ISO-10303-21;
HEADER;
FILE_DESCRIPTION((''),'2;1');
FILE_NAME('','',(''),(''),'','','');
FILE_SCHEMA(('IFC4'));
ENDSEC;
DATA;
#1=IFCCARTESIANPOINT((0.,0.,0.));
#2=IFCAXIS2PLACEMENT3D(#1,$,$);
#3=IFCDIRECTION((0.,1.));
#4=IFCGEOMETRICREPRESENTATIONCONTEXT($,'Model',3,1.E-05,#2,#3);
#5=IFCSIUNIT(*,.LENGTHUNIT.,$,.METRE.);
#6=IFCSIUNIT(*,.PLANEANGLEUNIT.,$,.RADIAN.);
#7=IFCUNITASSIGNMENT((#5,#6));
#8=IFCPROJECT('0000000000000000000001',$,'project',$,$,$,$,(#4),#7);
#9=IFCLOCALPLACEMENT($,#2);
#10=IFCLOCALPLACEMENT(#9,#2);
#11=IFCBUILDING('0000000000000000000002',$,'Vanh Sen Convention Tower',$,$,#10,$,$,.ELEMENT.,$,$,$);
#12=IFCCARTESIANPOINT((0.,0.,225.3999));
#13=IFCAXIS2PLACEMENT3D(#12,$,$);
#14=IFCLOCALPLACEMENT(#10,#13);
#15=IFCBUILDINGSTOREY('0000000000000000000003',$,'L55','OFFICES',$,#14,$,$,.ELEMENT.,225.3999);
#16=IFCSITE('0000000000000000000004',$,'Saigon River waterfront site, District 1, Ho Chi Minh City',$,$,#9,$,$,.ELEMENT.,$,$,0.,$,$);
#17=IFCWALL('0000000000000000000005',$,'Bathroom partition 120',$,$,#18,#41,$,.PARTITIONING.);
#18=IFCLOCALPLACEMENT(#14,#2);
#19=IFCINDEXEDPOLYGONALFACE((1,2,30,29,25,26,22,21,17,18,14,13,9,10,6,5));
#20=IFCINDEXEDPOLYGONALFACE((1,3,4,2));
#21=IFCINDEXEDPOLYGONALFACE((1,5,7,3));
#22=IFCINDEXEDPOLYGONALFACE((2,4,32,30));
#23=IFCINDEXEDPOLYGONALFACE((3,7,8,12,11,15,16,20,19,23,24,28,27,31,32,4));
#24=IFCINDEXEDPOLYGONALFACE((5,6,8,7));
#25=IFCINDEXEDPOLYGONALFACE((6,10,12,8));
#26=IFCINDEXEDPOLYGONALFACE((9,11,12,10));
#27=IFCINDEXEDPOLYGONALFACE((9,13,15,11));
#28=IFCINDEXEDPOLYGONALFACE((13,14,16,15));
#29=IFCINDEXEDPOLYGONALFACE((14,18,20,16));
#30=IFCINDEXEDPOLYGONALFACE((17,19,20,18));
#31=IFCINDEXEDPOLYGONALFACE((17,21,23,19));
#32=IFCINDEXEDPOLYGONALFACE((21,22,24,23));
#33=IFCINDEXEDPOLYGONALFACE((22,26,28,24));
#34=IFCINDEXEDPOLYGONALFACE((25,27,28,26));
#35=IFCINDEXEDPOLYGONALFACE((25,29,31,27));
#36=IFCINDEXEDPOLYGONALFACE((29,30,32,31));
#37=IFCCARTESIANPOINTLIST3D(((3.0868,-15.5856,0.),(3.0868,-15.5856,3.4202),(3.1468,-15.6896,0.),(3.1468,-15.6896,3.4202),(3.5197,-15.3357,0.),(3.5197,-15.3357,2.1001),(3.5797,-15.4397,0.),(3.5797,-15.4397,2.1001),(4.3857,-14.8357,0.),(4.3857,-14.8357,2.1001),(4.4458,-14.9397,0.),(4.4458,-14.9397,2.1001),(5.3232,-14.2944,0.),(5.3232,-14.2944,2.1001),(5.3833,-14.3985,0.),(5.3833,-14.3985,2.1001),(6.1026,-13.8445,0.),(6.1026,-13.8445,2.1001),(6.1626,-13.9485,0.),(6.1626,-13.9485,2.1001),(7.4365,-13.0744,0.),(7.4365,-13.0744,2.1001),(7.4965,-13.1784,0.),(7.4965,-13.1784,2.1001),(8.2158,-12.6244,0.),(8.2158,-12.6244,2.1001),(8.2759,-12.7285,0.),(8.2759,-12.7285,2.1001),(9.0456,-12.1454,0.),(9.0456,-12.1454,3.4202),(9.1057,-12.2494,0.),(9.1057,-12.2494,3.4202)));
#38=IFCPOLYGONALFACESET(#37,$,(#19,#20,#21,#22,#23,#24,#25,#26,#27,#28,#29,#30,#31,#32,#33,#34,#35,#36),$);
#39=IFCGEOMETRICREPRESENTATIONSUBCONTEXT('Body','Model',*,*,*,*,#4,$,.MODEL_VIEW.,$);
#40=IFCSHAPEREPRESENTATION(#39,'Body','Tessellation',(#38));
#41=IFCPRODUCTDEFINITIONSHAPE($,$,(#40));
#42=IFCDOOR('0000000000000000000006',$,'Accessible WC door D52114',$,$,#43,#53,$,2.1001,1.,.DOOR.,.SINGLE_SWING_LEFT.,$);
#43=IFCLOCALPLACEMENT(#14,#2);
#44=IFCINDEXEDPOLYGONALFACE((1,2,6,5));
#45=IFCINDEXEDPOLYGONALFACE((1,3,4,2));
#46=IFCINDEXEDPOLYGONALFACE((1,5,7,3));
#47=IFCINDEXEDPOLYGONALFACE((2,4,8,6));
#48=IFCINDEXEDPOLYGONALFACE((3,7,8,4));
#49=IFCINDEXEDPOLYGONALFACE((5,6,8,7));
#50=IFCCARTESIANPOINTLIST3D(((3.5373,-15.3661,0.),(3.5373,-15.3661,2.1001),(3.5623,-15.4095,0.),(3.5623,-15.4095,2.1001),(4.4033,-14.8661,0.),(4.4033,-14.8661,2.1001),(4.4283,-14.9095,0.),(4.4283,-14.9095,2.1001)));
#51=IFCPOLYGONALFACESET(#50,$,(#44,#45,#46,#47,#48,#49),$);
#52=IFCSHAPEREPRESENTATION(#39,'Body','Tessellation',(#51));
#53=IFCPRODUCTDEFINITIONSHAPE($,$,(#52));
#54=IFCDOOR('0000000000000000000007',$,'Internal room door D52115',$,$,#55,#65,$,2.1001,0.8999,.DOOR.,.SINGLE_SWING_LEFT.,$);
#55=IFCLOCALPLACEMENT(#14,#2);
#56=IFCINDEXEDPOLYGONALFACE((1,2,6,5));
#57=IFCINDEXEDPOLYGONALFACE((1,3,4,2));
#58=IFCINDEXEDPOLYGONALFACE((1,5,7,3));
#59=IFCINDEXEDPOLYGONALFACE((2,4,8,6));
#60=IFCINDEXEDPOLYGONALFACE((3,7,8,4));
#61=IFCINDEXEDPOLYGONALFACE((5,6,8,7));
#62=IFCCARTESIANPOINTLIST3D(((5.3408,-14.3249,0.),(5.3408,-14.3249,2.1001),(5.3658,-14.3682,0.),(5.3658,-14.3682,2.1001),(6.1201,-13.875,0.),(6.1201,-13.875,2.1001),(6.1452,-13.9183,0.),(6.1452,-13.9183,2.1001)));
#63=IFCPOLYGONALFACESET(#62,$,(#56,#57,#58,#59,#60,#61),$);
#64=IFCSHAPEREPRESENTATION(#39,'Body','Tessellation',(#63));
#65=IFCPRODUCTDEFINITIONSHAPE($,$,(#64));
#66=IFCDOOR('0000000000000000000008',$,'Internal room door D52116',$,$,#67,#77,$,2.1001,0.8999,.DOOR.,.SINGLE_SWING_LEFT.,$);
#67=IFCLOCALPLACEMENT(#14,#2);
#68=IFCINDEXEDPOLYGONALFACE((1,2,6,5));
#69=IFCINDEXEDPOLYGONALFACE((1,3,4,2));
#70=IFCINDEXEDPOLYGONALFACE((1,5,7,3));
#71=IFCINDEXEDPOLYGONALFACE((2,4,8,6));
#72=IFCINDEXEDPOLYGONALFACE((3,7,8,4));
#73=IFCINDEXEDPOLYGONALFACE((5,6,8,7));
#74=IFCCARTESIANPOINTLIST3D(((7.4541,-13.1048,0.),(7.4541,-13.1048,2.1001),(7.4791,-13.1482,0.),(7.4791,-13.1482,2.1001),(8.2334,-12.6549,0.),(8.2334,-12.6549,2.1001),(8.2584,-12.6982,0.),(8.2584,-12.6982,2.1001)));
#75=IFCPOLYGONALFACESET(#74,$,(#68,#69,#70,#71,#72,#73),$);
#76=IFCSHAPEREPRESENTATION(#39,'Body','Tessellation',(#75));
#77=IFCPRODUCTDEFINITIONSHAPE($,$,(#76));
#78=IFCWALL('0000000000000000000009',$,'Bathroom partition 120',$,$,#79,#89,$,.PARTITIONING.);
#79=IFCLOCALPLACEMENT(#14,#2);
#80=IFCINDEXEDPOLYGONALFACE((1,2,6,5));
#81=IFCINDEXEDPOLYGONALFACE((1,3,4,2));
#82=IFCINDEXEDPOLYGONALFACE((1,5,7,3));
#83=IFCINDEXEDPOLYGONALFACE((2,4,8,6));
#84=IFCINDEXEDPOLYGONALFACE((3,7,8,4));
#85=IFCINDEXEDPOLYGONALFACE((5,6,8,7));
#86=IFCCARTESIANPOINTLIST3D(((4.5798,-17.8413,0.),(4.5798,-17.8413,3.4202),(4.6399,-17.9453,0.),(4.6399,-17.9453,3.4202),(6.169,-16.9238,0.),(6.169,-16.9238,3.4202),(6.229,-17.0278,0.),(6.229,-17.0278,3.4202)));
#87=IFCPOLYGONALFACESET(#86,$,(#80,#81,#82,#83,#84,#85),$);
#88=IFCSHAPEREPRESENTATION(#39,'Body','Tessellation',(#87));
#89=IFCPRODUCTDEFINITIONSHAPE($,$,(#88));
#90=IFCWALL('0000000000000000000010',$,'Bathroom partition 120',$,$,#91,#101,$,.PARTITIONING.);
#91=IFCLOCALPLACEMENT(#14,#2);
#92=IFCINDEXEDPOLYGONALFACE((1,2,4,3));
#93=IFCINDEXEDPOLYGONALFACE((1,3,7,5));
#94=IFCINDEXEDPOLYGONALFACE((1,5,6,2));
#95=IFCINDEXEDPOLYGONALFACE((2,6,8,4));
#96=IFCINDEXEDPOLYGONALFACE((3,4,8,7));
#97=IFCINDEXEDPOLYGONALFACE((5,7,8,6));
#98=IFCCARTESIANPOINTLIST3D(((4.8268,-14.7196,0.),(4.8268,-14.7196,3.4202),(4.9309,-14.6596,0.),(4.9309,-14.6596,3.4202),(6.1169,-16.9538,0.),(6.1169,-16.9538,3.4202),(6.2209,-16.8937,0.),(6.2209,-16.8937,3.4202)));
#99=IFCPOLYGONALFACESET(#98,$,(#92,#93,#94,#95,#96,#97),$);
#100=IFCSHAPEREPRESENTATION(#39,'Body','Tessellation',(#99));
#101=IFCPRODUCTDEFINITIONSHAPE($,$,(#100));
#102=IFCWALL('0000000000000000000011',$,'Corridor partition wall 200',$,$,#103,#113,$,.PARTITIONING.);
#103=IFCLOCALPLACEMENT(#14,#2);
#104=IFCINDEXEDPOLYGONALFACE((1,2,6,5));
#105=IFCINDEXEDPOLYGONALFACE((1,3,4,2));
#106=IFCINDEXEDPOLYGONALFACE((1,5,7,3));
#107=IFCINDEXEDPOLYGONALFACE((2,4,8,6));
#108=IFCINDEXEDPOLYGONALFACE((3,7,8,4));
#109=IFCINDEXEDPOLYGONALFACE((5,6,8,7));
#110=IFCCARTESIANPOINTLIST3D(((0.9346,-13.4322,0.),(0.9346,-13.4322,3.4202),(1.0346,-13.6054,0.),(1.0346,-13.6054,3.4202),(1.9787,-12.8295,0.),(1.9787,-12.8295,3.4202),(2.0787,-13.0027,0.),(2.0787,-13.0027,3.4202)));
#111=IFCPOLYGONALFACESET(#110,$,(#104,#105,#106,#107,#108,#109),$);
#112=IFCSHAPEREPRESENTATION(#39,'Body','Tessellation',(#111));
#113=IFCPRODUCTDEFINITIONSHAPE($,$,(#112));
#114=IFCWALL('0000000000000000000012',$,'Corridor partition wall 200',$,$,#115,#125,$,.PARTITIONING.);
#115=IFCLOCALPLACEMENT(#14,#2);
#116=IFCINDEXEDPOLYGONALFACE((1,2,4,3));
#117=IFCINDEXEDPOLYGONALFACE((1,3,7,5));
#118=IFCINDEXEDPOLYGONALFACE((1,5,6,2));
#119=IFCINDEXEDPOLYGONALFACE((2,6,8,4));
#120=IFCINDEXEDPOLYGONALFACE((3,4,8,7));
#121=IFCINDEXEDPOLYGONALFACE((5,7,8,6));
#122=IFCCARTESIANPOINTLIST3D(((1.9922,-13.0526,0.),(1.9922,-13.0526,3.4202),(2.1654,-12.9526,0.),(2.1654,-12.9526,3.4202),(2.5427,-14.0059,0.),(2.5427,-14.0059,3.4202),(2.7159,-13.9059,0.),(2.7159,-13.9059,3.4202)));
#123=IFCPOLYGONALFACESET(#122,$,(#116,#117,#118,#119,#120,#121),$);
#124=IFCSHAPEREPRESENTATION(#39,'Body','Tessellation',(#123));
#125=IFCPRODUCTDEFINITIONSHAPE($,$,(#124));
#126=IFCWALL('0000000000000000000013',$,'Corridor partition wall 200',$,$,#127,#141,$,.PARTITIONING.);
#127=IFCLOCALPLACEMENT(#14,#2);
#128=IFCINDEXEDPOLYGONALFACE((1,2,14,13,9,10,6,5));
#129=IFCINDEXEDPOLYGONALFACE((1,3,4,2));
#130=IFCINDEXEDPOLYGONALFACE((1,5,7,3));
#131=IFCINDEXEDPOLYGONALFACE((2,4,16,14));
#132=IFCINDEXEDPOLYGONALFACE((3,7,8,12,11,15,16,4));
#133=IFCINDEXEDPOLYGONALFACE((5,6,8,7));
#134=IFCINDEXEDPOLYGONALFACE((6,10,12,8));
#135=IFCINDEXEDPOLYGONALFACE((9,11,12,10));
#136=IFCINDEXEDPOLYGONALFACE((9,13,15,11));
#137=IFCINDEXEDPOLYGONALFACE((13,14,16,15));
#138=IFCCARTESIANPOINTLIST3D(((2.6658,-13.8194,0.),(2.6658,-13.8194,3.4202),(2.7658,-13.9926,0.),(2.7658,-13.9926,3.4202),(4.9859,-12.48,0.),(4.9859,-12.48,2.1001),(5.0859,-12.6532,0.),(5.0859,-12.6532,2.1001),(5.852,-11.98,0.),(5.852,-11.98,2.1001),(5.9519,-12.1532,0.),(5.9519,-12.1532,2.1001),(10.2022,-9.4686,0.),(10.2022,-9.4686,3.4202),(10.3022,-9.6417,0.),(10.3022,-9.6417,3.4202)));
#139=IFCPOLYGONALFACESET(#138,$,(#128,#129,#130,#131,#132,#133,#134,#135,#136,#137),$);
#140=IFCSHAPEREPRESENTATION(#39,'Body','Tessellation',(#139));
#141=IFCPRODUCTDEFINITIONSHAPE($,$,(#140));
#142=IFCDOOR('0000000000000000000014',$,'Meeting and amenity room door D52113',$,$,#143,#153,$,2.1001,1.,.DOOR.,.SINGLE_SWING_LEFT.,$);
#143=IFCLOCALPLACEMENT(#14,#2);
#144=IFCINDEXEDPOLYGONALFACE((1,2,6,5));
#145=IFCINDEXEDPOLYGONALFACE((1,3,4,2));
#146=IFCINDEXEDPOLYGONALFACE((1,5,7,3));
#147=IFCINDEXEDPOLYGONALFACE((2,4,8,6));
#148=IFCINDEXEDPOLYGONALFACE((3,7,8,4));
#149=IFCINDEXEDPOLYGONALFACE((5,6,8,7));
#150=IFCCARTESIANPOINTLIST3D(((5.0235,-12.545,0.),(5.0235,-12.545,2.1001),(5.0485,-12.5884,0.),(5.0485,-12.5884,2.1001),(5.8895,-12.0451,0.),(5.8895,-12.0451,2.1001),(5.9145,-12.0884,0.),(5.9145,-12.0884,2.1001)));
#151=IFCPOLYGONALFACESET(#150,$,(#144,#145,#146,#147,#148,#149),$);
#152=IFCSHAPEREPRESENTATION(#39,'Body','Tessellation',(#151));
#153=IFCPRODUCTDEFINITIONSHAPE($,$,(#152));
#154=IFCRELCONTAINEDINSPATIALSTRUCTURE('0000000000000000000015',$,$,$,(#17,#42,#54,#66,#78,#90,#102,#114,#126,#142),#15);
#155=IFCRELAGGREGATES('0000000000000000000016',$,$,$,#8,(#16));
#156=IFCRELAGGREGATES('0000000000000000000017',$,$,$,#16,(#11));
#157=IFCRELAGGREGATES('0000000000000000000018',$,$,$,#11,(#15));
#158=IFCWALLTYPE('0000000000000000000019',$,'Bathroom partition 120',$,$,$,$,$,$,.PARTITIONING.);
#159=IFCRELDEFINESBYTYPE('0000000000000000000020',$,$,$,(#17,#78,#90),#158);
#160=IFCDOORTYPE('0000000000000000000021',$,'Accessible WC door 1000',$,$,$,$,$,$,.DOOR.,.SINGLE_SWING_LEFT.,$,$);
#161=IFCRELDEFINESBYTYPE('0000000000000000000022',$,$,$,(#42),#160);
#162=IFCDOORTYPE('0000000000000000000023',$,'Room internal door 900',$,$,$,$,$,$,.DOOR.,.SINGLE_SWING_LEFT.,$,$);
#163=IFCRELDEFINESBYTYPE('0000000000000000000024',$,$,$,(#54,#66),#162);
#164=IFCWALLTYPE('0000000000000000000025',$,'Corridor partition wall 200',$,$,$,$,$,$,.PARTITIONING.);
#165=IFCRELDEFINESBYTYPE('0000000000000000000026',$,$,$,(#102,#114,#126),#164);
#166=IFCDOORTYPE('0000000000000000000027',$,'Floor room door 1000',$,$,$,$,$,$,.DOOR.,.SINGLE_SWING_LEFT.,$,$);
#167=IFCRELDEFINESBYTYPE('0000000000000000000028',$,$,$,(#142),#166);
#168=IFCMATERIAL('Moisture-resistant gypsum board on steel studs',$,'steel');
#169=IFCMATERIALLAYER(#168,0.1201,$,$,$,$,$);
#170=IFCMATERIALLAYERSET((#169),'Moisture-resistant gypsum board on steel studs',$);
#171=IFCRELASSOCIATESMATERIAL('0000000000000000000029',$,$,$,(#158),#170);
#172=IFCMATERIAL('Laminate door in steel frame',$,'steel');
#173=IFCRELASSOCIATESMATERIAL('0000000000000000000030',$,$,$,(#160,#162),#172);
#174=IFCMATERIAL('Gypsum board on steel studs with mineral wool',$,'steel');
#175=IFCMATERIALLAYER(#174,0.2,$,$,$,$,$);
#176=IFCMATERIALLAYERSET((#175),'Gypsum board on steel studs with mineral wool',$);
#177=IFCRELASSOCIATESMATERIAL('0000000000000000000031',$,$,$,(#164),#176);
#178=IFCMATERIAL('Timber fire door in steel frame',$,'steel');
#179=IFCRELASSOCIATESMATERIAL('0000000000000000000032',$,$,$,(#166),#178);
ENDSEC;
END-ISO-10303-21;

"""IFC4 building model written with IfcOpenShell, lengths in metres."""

from ifc_helpers import new_model, si_unit, direction, frame, frame_2d, origin, place, context, subcontext, project, spatial, rectangle, extrude, material, layer, layer_set, type_object, element, fill, save


model = new_model("IFC4")

# Units and contexts
model_context = context("Model", 3, precision=1e-05, world=origin(), true_north=direction((0.0, 1.0)))
body_context = subcontext(model_context, "Body", "Model", "MODEL_VIEW")
ifc_project = project(units=[si_unit("LENGTHUNIT", "METRE"), si_unit("PLANEANGLEUNIT", "RADIAN")], contexts=[model_context])

# Site, building, storey
site_placement = place(None, origin())
site = spatial("IfcSite", under=ifc_project, at=site_placement, Name="Saigon River waterfront site, District 1, Ho Chi Minh City", CompositionType="ELEMENT", RefElevation=0.0)
building_placement = place(site_placement, origin())
building = spatial("IfcBuilding", under=site, at=building_placement, Name="Vanh Sen Convention Tower", CompositionType="ELEMENT")
storey_placement = place(building_placement, frame((0.0, 0.0, 225.3999)))
storey = spatial("IfcBuildingStorey", under=building, at=storey_placement, Name="L55", Description="OFFICES", CompositionType="ELEMENT", Elevation=225.3999)

# Wall, openings, doors
ifc_material_1 = material(Name="Moisture-resistant gypsum board on steel studs", Category="steel")
ifc_layer_1 = layer(ifc_material_1, 0.1201)
ifc_layer_set_1 = layer_set([ifc_layer_1], Name="Moisture-resistant gypsum board on steel studs")
wall_type_1 = type_object("IfcWallType", Name="Bathroom partition 120", PredefinedType="PARTITIONING", material=ifc_layer_set_1)
wall_1_placement = place(storey_placement, frame((3.1167, -15.6377, 0.0), z_axis=(0.0, 0.0, 1.0), x_axis=(0.866031, 0.49999, 0.0)))
wall_1 = element("IfcWall", 1, at=wall_1_placement, inside=storey, type_object=wall_type_1, Name="Bathroom partition 120", PredefinedType="PARTITIONING", context=body_context, shape_type="SweptSolid", body=[
    extrude(rectangle(XDim=6.8806, YDim=0.1201, at=frame_2d((3.4404, 0.0))), origin(), (0.0, 0.0, 1.0), 3.4202),
])
opening_1_placement = place(wall_1_placement, frame((0.5, 0.0, 0.0)))
opening_1 = element("IfcOpeningElement", 2, at=opening_1_placement, cuts=wall_1, PredefinedType="OPENING", context=body_context, shape_type="SweptSolid", body=[
    extrude(rectangle(XDim=1.0, YDim=2.1001, at=frame_2d((0.5, 1.05))), frame((0.0, 0.0701, 0.0), z_axis=(0.0, -1.0, 0.0), x_axis=(1.0, 0.0, 0.0)), (0.0, 0.0, 1.0), 0.1401),
])
opening_2_placement = place(wall_1_placement, frame((2.5825, 0.0, 0.0)))
opening_2 = element("IfcOpeningElement", 3, at=opening_2_placement, cuts=wall_1, PredefinedType="OPENING", context=body_context, shape_type="SweptSolid", body=[
    extrude(rectangle(XDim=0.8999, YDim=2.1001, at=frame_2d((0.45, 1.05))), frame((0.0, 0.0701, 0.0), z_axis=(0.0, -1.0, 0.0), x_axis=(1.0, 0.0, 0.0)), (0.0, 0.0, 1.0), 0.1401),
])
opening_3_placement = place(wall_1_placement, frame((5.0227, 0.0, 0.0)))
opening_3 = element("IfcOpeningElement", 4, at=opening_3_placement, cuts=wall_1, PredefinedType="OPENING", context=body_context, shape_type="SweptSolid", body=[
    extrude(rectangle(XDim=0.8999, YDim=2.1001, at=frame_2d((0.45, 1.05))), frame((0.0, 0.0701, 0.0), z_axis=(0.0, -1.0, 0.0), x_axis=(1.0, 0.0, 0.0)), (0.0, 0.0, 1.0), 0.1401),
])
ifc_material_2 = material(Name="Laminate door in steel frame", Category="steel")
door_type_1 = type_object("IfcDoorType", Name="Accessible WC door 1000", OperationType="SINGLE_SWING_LEFT", PredefinedType="DOOR", material=ifc_material_2)
door_1_placement = place(opening_1_placement, origin())
door_1 = element("IfcDoor", 5, at=door_1_placement, inside=storey, type_object=door_type_1, Name="Accessible WC door D52114", OperationType="SINGLE_SWING_LEFT", OverallHeight=2.1001, OverallWidth=1.0, PredefinedType="DOOR", context=body_context, shape_type="SweptSolid", body=[
    extrude(rectangle(XDim=1.0, YDim=2.1001, at=frame_2d((0.5, 1.05))), frame((0.0, 0.0249, 0.0), z_axis=(0.0, -1.0, 0.0), x_axis=(1.0, 0.0, 0.0)), (0.0, 0.0, 1.0), 0.05),
])
fill(opening_1, door_1)
door_type_2 = type_object("IfcDoorType", Name="Room internal door 900", OperationType="SINGLE_SWING_LEFT", PredefinedType="DOOR", material=ifc_material_2)
door_2_placement = place(opening_2_placement, origin())
door_2 = element("IfcDoor", 6, at=door_2_placement, inside=storey, type_object=door_type_2, Name="Internal room door D52115", OperationType="SINGLE_SWING_LEFT", OverallHeight=2.1001, OverallWidth=0.8999, PredefinedType="DOOR", context=body_context, shape_type="SweptSolid", body=[
    extrude(rectangle(XDim=0.8999, YDim=2.1001, at=frame_2d((0.45, 1.05))), frame((0.0, 0.0249, 0.0), z_axis=(0.0, -1.0, 0.0), x_axis=(1.0, 0.0, 0.0)), (0.0, 0.0, 1.0), 0.05),
])
fill(opening_2, door_2)
door_3_placement = place(opening_3_placement, origin())
door_3 = element("IfcDoor", 7, at=door_3_placement, inside=storey, type_object=door_type_2, Name="Internal room door D52116", OperationType="SINGLE_SWING_LEFT", OverallHeight=2.1001, OverallWidth=0.8999, PredefinedType="DOOR", context=body_context, shape_type="SweptSolid", body=[
    extrude(rectangle(XDim=0.8999, YDim=2.1001, at=frame_2d((0.45, 1.05))), frame((0.0, 0.0249, 0.0), z_axis=(0.0, -1.0, 0.0), x_axis=(1.0, 0.0, 0.0)), (0.0, 0.0, 1.0), 0.05),
])
fill(opening_3, door_3)

# Walls
wall_2_placement = place(storey_placement, frame((4.6099, -17.8933, 0.0), z_axis=(0.0, 0.0, 1.0), x_axis=(0.866024, 0.500003, 0.0)))
element("IfcWall", 8, at=wall_2_placement, inside=storey, type_object=wall_type_1, Name="Bathroom partition 120", PredefinedType="PARTITIONING", context=body_context, shape_type="SweptSolid", body=[
    extrude(rectangle(XDim=1.835, YDim=0.1201, at=frame_2d((0.9175, 0.0))), origin(), (0.0, 0.0, 1.0), 3.4202),
])
wall_3_placement = place(storey_placement, frame((6.1689, -16.9238, 0.0), z_axis=(0.0, 0.0, 1.0), x_axis=(-0.500047, 0.865998, 0.0)))
element("IfcWall", 9, at=wall_3_placement, inside=storey, type_object=wall_type_1, Name="Bathroom partition 120", PredefinedType="PARTITIONING", context=body_context, shape_type="SweptSolid", body=[
    extrude(rectangle(XDim=2.5798, YDim=0.1201, at=frame_2d((1.29, 0.0))), origin(), (0.0, 0.0, 1.0), 3.4202),
])
ifc_material_3 = material(Name="Gypsum board on steel studs with mineral wool", Category="steel")
ifc_layer_2 = layer(ifc_material_3, 0.2)
ifc_layer_set_2 = layer_set([ifc_layer_2], Name="Gypsum board on steel studs with mineral wool")
wall_type_2 = type_object("IfcWallType", Name="Corridor partition wall 200", PredefinedType="PARTITIONING", material=ifc_layer_set_2)
wall_4_placement = place(storey_placement, frame((0.9846, -13.5188, 0.0), z_axis=(0.0, 0.0, 1.0), x_axis=(0.866054, 0.49995, 0.0)))
element("IfcWall", 10, at=wall_4_placement, inside=storey, type_object=wall_type_2, Name="Corridor partition wall 200", PredefinedType="PARTITIONING", context=body_context, shape_type="SweptSolid", body=[
    extrude(rectangle(XDim=1.2056, YDim=0.2, at=frame_2d((0.6028, 0.0))), origin(), (0.0, 0.0, 1.0), 3.4202),
])
wall_5_placement = place(storey_placement, frame((2.0789, -13.0027, 0.0), z_axis=(0.0, 0.0, 1.0), x_axis=(0.500074, -0.865982, 0.0)))
element("IfcWall", 11, at=wall_5_placement, inside=storey, type_object=wall_type_2, Name="Corridor partition wall 200", PredefinedType="PARTITIONING", context=body_context, shape_type="SweptSolid", body=[
    extrude(rectangle(XDim=1.1008, YDim=0.2, at=frame_2d((0.5503, 0.0))), origin(), (0.0, 0.0, 1.0), 3.4202),
])

# Wall, opening, door
wall_6_placement = place(storey_placement, frame((2.7158, -13.906, 0.0), z_axis=(0.0, 0.0, 1.0), x_axis=(0.86604, 0.499974, 0.0)))
wall_6 = element("IfcWall", 12, at=wall_6_placement, inside=storey, type_object=wall_type_2, Name="Corridor partition wall 200", PredefinedType="PARTITIONING", context=body_context, shape_type="SweptSolid", body=[
    extrude(rectangle(XDim=8.7021, YDim=0.2, at=frame_2d((4.3511, 0.0))), origin(), (0.0, 0.0, 1.0), 3.4202),
])
opening_4_placement = place(wall_6_placement, frame((2.679, 0.0, 0.0)))
opening_4 = element("IfcOpeningElement", 13, at=opening_4_placement, cuts=wall_6, PredefinedType="OPENING", context=body_context, shape_type="SweptSolid", body=[
    extrude(rectangle(XDim=1.0, YDim=2.1001, at=frame_2d((0.5, 1.05))), frame((0.0, 0.1099, 0.0), z_axis=(0.0, -1.0, 0.0), x_axis=(1.0, 0.0, 0.0)), (0.0, 0.0, 1.0), 0.22),
])
ifc_material_4 = material(Name="Timber fire door in steel frame", Category="steel")
door_type_3 = type_object("IfcDoorType", Name="Floor room door 1000", OperationType="SINGLE_SWING_LEFT", PredefinedType="DOOR", material=ifc_material_4)
door_4_placement = place(opening_4_placement, origin())
door_4 = element("IfcDoor", 14, at=door_4_placement, inside=storey, type_object=door_type_3, Name="Meeting and amenity room door D52113", OperationType="SINGLE_SWING_LEFT", OverallHeight=2.1001, OverallWidth=1.0, PredefinedType="DOOR", context=body_context, shape_type="SweptSolid", body=[
    extrude(rectangle(XDim=1.0, YDim=2.1001, at=frame_2d((0.5, 1.05))), frame((0.0, 0.0249, 0.0), z_axis=(0.0, -1.0, 0.0), x_axis=(1.0, 0.0, 0.0)), (0.0, 0.0, 1.0), 0.05),
])
fill(opening_4, door_4)

save(model, "model.ifc")
